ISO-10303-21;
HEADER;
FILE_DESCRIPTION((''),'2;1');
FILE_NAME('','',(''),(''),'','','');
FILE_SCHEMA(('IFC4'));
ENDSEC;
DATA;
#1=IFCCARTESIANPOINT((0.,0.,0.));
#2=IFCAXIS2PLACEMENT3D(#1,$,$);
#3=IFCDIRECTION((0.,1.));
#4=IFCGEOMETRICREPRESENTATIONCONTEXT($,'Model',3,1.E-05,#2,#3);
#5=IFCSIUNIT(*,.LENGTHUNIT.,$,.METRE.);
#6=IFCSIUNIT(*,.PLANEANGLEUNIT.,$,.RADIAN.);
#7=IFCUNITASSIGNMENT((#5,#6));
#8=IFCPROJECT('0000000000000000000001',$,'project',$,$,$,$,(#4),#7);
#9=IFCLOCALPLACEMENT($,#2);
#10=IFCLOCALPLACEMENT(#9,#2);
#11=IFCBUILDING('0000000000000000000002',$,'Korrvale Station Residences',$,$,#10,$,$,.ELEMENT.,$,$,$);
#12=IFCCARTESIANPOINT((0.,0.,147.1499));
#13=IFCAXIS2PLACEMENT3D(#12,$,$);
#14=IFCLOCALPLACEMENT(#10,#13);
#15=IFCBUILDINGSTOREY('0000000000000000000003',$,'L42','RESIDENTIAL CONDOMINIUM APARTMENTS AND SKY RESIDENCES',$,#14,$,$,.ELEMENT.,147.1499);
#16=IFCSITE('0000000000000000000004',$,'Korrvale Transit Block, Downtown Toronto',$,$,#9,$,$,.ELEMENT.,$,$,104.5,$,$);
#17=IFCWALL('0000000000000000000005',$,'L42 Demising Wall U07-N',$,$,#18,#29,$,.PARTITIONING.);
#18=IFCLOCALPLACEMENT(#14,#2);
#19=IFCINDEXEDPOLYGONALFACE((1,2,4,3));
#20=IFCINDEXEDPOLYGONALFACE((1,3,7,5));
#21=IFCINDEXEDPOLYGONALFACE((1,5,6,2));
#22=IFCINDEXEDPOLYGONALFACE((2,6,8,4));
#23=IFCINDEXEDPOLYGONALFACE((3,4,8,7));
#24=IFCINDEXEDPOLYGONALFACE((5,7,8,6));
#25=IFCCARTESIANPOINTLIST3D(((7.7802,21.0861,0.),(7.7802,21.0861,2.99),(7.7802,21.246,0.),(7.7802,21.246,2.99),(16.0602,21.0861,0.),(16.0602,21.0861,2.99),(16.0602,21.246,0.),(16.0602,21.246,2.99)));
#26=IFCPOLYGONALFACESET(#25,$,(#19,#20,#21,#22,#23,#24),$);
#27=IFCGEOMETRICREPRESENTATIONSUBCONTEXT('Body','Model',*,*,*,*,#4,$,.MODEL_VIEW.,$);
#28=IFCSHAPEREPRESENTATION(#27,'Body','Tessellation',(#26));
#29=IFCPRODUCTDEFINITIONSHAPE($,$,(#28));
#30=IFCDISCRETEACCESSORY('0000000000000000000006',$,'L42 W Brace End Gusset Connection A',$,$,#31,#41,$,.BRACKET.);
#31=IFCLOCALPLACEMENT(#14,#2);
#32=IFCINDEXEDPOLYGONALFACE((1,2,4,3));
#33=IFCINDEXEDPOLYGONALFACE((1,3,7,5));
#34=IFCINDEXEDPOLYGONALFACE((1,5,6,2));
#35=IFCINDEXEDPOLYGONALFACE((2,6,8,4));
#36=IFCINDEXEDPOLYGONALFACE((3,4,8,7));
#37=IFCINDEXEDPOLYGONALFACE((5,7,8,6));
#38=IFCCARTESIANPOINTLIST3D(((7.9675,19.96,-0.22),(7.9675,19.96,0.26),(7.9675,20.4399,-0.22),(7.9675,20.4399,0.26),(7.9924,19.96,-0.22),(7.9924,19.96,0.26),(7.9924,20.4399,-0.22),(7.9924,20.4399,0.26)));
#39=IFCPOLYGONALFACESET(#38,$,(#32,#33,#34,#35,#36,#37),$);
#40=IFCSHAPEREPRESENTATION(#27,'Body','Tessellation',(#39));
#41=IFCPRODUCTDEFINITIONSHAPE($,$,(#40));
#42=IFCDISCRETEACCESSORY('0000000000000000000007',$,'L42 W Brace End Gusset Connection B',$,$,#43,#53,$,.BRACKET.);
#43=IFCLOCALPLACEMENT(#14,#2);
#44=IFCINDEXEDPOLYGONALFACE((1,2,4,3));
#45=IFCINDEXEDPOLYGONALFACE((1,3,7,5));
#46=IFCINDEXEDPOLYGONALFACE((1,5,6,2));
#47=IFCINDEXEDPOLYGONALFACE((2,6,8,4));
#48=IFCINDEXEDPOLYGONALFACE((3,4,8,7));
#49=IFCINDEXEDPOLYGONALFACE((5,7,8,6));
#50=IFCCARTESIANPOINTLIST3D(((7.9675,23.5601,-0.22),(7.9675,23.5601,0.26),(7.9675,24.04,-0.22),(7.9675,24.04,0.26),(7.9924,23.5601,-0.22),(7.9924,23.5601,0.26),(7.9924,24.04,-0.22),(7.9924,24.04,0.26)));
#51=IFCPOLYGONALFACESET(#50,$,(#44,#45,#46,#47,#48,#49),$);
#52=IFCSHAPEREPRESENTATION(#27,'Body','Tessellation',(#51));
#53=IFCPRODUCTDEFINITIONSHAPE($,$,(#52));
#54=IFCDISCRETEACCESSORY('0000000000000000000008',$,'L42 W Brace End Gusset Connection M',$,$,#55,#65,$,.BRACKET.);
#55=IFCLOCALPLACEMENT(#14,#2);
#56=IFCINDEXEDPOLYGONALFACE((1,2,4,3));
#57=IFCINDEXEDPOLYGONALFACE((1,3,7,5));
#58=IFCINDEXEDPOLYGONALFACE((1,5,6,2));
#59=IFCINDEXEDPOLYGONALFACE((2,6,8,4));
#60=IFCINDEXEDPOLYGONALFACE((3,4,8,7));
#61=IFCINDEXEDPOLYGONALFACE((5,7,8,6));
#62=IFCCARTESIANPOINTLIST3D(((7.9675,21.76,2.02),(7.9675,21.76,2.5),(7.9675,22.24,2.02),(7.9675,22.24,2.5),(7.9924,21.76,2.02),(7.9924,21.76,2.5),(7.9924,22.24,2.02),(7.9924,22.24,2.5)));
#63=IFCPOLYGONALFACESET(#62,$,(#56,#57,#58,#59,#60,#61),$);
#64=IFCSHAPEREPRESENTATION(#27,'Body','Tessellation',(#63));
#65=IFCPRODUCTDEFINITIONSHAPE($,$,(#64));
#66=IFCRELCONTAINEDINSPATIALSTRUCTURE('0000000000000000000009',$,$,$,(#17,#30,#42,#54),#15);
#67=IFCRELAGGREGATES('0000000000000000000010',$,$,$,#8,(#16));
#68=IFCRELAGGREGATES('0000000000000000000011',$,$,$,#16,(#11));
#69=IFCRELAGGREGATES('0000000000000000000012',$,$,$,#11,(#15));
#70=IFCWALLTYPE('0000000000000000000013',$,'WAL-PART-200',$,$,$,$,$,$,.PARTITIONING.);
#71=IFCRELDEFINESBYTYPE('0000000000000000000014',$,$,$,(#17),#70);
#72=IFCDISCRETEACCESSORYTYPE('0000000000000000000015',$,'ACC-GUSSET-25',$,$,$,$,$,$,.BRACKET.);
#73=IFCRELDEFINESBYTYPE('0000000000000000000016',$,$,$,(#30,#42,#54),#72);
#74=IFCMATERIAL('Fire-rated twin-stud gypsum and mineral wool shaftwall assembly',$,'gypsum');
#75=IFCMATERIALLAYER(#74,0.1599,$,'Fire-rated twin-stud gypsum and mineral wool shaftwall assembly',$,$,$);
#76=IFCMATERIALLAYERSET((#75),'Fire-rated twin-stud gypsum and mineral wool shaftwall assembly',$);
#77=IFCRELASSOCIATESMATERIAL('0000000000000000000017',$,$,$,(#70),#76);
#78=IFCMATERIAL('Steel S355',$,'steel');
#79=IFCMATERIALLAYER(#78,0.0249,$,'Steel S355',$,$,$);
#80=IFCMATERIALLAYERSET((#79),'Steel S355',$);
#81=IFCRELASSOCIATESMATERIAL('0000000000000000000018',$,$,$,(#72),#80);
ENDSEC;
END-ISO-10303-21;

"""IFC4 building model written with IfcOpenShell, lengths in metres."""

from ifc_helpers import new_model, si_unit, direction, frame, frame_2d, origin, origin_2d, place, context, subcontext, project, spatial, rectangle, extrude, material, layer, layer_set, type_object, element, save


model = new_model("IFC4")

# Units and contexts
model_context = context("Model", 3, precision=1e-05, world=origin(), true_north=direction((0.0, 1.0)))
body_context = subcontext(model_context, "Body", "Model", "MODEL_VIEW")
ifc_project = project(units=[si_unit("LENGTHUNIT", "METRE"), si_unit("PLANEANGLEUNIT", "RADIAN")], contexts=[model_context])

# Site, building, storey
site_placement = place(None, origin())
site = spatial("IfcSite", under=ifc_project, at=site_placement, Name="Korrvale Transit Block, Downtown Toronto", CompositionType="ELEMENT", RefElevation=104.5)
building_placement = place(site_placement, origin())
building = spatial("IfcBuilding", under=site, at=building_placement, Name="Korrvale Station Residences", CompositionType="ELEMENT")
storey_placement = place(building_placement, frame((0.0, 0.0, 147.1499)))
storey = spatial("IfcBuildingStorey", under=building, at=storey_placement, Name="L42", Description="RESIDENTIAL CONDOMINIUM APARTMENTS AND SKY RESIDENCES", CompositionType="ELEMENT", Elevation=147.1499)

# Shared definitions
ifc_material_1 = material(Name="Steel S355", Category="steel")

# Wall
ifc_material_2 = material(Name="Fire-rated twin-stud gypsum and mineral wool shaftwall assembly", Category="gypsum")
ifc_layer_1 = layer(ifc_material_2, 0.1599, Name="Fire-rated twin-stud gypsum and mineral wool shaftwall assembly")
ifc_layer_set_1 = layer_set([ifc_layer_1], Name="Fire-rated twin-stud gypsum and mineral wool shaftwall assembly")
wall_type_1 = type_object("IfcWallType", Name="WAL-PART-200", PredefinedType="PARTITIONING", material=ifc_layer_set_1)
wall_1_placement = place(storey_placement, frame((7.78, 21.166, 0.0), z_axis=(0.0, 0.0, 1.0), x_axis=(1.0, 0.0, 0.0)))
element("IfcWall", 1, at=wall_1_placement, inside=storey, type_object=wall_type_1, Name="L42 Demising Wall U07-N", PredefinedType="PARTITIONING", context=body_context, shape_type="SweptSolid", body=[
    extrude(rectangle(XDim=8.28, YDim=0.1599, at=frame_2d((4.1401, 0.0))), origin(), (0.0, 0.0, 1.0), 2.99),
])

# Discrete accessories
ifc_layer_2 = layer(ifc_material_1, 0.0249, Name="Steel S355")
ifc_layer_set_2 = layer_set([ifc_layer_2], Name="Steel S355")
discrete_accessory_type = type_object("IfcDiscreteAccessoryType", Name="ACC-GUSSET-25", PredefinedType="BRACKET", material=ifc_layer_set_2)
for number, where, z_axis, x_axis, name in (
    (2, (7.98, 20.2, -0.22), (0.0, 0.0, 1.0), (0.0, 1.0, 0.0), "L42 W Brace End Gusset Connection A"),
    (3, (7.98, 23.8, -0.22), (0.0, 0.0, 1.0), (0.0, 1.0, 0.0), "L42 W Brace End Gusset Connection B"),
    (4, (7.98, 22.0, 2.02), (0.0, 0.0, 1.0), (0.0, 1.0, 0.0), "L42 W Brace End Gusset Connection M"),
):
    element("IfcDiscreteAccessory", number, at=place(storey_placement, frame(where, z_axis=z_axis, x_axis=x_axis)), inside=storey, type_object=discrete_accessory_type, Name=name, PredefinedType="BRACKET", context=body_context, shape_type="SweptSolid", body=[
        extrude(rectangle(XDim=0.48, YDim=0.0249, at=origin_2d()), origin(), (0.0, 0.0, 1.0), 0.48),
    ])

save(model, "model.ifc")
